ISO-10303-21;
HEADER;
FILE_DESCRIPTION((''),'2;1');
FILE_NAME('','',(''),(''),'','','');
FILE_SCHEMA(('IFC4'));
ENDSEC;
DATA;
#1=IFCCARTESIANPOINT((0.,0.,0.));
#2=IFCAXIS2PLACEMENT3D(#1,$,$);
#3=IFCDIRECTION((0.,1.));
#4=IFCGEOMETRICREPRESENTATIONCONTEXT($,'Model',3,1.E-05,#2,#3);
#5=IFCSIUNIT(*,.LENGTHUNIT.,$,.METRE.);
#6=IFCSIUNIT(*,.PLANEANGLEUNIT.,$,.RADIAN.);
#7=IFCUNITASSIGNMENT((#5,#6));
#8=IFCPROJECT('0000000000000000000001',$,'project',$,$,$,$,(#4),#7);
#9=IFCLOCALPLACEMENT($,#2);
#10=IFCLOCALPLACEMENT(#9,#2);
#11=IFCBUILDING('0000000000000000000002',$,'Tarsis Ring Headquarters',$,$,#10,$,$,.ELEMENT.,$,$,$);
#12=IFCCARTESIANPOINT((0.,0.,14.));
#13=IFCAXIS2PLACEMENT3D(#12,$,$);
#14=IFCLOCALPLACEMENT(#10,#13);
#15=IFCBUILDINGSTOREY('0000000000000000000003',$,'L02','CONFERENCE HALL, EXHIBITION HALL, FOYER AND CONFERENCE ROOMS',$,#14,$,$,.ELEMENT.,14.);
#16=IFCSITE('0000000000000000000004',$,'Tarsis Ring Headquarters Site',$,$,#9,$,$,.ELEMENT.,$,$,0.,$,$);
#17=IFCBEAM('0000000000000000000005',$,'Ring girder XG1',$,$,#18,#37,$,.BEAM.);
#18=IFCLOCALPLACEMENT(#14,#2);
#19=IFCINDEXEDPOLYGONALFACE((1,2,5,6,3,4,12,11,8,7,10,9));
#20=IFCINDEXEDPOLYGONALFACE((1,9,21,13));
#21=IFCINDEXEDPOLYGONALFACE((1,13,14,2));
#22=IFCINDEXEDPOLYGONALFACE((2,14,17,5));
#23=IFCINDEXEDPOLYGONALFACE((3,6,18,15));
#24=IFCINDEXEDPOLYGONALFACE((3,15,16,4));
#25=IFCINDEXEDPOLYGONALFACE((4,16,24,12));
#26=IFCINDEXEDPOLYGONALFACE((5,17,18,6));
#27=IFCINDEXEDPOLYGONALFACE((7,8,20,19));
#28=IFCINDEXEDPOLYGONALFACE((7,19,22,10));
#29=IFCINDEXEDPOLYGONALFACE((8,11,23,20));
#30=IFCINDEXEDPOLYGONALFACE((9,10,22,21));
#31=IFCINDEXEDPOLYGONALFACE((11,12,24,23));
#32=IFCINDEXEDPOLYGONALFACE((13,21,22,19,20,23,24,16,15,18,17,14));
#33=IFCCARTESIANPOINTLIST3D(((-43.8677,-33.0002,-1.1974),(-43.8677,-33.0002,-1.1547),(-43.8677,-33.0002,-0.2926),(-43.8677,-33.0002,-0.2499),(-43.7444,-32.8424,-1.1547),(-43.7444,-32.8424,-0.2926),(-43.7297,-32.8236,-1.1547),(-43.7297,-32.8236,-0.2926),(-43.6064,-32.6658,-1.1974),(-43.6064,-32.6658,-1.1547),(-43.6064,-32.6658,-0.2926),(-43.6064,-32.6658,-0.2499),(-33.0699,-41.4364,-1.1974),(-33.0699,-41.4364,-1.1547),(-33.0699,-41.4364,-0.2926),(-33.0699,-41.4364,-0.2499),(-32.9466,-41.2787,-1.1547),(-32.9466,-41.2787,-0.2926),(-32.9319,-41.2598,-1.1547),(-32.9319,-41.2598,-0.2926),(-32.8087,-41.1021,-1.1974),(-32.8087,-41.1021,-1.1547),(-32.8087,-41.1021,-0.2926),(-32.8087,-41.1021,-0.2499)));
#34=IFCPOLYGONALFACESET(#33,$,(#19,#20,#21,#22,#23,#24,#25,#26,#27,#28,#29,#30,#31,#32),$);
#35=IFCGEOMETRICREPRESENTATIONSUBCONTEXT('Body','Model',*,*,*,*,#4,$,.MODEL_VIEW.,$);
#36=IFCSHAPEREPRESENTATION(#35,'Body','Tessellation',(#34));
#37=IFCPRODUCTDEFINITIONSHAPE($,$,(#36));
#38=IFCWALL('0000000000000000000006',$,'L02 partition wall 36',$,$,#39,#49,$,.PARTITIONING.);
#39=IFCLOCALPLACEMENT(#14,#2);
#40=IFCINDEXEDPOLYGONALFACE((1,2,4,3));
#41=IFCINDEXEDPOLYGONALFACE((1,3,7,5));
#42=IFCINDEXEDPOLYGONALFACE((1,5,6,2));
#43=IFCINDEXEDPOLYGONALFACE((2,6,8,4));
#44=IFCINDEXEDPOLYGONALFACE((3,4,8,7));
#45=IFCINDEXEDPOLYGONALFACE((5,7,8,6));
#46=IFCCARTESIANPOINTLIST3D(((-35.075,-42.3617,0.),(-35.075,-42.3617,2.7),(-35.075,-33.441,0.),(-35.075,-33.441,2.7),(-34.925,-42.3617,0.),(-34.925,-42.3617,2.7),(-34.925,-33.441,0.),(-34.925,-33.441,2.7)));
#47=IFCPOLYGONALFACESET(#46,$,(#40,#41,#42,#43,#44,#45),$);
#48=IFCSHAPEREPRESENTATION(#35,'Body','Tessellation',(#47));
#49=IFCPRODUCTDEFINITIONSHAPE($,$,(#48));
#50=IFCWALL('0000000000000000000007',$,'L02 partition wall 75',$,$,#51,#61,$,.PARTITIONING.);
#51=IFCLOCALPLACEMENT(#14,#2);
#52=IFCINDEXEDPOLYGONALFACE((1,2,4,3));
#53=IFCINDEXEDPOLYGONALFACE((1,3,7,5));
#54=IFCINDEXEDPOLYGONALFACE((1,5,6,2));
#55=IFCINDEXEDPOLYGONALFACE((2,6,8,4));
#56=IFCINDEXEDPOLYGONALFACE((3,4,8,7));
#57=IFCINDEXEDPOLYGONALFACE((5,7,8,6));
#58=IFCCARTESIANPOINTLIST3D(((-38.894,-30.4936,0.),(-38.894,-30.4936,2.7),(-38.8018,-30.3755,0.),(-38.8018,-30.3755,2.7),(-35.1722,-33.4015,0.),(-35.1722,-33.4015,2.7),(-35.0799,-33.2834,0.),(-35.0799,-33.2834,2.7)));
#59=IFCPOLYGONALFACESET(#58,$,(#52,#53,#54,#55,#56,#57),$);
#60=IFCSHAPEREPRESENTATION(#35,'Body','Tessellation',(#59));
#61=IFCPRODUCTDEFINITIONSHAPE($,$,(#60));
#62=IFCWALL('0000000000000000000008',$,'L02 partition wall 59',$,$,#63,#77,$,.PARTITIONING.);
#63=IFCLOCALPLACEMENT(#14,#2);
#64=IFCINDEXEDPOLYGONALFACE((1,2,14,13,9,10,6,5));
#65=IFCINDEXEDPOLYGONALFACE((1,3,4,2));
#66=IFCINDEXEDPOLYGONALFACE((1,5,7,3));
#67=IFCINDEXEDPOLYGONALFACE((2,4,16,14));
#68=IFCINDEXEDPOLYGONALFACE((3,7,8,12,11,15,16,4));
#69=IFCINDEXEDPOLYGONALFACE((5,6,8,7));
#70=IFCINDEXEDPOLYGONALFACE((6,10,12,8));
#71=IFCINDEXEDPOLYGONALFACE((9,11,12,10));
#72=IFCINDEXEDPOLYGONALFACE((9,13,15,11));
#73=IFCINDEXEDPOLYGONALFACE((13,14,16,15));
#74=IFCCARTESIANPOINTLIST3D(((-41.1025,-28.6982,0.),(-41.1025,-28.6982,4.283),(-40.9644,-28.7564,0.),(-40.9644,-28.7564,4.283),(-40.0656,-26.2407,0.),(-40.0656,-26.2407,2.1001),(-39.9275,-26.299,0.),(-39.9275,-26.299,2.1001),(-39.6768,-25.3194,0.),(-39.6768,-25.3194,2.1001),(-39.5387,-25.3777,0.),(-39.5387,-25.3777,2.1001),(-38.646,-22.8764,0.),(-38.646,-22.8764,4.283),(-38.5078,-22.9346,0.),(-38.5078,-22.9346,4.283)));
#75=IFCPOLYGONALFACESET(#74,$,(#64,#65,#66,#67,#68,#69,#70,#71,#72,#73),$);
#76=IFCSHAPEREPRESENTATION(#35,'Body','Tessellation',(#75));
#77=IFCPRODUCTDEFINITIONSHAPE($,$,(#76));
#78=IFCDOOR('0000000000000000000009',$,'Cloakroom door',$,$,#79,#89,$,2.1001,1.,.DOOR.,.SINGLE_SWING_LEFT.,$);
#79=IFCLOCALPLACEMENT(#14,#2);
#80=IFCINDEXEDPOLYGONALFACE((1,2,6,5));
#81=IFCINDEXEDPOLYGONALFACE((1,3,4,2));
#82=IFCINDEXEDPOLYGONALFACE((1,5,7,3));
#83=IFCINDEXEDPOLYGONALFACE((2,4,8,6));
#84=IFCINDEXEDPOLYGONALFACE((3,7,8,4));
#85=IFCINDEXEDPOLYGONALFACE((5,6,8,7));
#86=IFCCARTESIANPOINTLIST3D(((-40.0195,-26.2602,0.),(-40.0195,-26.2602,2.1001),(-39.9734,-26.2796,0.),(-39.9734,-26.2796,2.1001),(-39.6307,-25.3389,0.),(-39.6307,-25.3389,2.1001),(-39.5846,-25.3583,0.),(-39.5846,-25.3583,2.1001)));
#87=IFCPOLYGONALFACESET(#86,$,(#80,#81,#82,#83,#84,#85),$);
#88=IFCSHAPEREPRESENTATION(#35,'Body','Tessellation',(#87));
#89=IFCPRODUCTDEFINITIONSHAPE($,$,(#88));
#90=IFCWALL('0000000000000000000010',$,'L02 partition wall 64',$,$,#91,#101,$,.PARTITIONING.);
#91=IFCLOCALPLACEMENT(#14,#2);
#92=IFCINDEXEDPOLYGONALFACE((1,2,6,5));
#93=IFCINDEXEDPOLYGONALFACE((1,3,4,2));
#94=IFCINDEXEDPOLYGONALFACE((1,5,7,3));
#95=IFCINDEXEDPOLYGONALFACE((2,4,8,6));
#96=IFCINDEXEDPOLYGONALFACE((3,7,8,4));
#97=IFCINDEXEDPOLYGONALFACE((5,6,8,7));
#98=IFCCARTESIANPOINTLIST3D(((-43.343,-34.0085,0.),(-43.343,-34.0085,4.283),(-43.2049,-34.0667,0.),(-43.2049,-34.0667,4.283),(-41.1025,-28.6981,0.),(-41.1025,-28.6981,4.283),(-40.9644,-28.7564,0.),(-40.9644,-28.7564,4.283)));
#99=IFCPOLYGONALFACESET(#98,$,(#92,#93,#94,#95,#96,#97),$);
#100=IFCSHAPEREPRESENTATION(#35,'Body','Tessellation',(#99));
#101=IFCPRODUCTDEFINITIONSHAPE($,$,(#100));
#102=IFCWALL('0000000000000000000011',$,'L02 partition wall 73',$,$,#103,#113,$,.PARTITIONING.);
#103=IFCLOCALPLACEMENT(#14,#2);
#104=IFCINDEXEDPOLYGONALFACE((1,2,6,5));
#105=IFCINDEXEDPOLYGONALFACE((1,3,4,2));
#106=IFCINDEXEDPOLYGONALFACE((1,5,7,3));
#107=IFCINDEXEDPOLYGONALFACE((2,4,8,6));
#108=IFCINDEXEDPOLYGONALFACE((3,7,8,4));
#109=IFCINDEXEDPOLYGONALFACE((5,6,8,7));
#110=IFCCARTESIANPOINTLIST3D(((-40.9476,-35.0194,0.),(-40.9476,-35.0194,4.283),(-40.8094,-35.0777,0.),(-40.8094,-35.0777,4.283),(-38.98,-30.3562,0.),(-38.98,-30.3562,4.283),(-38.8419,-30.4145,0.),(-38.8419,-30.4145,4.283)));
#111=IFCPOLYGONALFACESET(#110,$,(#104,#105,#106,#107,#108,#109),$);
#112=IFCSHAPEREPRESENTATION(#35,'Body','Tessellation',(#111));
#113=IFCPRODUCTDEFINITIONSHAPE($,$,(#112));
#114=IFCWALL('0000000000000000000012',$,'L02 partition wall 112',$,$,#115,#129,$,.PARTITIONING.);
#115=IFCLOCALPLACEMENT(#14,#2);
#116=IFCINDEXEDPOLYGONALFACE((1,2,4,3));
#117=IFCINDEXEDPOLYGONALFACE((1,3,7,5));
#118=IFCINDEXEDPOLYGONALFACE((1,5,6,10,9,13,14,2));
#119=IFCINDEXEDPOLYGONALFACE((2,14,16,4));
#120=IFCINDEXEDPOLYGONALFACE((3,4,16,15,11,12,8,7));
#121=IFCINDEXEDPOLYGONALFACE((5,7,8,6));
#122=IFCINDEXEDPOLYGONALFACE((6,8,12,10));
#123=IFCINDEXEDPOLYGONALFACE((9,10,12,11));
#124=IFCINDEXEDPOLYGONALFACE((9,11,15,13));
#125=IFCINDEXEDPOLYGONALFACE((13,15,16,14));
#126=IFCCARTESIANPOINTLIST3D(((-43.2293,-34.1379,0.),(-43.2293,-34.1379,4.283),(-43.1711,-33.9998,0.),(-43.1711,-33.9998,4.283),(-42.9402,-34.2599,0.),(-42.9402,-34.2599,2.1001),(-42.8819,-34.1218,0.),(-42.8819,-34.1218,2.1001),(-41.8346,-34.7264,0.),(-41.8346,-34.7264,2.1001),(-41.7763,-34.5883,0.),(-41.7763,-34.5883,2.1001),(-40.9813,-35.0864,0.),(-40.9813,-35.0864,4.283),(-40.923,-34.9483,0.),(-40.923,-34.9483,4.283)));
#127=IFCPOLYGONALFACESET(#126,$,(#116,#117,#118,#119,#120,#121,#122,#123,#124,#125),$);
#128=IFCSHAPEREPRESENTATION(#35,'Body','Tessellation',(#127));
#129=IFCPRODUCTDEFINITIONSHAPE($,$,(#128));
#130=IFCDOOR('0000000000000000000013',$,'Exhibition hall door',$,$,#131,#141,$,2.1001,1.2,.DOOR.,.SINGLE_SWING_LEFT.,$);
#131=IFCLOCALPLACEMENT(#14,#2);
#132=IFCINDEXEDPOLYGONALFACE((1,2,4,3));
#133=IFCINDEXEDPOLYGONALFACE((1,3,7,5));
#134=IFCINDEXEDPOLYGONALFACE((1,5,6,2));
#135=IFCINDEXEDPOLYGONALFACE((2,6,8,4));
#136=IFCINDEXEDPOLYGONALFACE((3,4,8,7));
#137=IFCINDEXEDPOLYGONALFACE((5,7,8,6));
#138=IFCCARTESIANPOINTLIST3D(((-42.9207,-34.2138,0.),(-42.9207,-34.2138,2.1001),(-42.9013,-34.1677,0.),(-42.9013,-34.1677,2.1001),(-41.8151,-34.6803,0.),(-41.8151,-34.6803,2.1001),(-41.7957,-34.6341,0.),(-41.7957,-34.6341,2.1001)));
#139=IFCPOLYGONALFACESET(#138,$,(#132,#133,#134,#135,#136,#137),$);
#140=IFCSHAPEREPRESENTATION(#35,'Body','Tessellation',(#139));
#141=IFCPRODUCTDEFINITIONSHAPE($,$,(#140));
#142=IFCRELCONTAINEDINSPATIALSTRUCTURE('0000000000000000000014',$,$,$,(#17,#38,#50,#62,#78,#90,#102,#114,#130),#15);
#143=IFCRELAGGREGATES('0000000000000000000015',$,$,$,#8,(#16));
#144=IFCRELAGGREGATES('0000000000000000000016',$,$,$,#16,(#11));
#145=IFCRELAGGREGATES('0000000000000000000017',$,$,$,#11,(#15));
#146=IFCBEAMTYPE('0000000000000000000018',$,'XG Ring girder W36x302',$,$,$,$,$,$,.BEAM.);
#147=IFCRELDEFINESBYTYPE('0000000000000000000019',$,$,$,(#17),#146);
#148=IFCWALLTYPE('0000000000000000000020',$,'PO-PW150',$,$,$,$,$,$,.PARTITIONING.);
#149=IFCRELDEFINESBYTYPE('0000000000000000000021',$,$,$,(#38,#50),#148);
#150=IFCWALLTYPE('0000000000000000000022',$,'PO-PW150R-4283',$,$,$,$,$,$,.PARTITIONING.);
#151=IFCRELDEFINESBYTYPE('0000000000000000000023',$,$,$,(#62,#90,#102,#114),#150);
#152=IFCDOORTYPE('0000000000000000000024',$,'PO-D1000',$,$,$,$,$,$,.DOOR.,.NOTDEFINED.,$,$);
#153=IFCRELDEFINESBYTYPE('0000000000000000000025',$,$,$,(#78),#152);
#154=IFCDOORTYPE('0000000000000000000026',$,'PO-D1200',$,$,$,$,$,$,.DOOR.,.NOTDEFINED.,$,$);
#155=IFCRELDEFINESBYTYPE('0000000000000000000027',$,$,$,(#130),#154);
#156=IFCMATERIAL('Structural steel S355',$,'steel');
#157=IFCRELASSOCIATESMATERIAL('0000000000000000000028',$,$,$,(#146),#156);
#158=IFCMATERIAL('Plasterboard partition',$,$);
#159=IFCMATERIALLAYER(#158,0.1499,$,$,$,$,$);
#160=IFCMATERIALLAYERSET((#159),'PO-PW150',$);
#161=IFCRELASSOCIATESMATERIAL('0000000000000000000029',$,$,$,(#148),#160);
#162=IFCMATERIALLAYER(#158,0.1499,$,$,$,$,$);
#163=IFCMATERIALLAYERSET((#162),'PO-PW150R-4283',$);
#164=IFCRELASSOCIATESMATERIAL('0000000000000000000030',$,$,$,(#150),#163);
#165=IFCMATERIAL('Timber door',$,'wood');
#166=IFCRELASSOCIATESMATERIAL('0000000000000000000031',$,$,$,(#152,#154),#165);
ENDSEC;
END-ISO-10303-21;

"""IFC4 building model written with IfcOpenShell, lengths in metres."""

from ifc_helpers import new_model, si_unit, direction, frame, frame_2d, origin, origin_2d, place, context, subcontext, project, spatial, rectangle, i_section, extrude, material, layer, layer_set, material_profile, profile_set, type_object, element, fill, save


model = new_model("IFC4")

# Units and contexts
model_context = context("Model", 3, precision=1e-05, world=origin(), true_north=direction((0.0, 1.0)))
body_context = subcontext(model_context, "Body", "Model", "MODEL_VIEW")
ifc_project = project(units=[si_unit("LENGTHUNIT", "METRE"), si_unit("PLANEANGLEUNIT", "RADIAN")], contexts=[model_context])

# Site, building, storey
site_placement = place(None, origin())
site = spatial("IfcSite", under=ifc_project, at=site_placement, Name="Tarsis Ring Headquarters Site", CompositionType="ELEMENT", RefElevation=0.0)
building_placement = place(site_placement, origin())
building = spatial("IfcBuilding", under=site, at=building_placement, Name="Tarsis Ring Headquarters", CompositionType="ELEMENT")
storey_placement = place(building_placement, frame((0.0, 0.0, 14.0)))
storey = spatial("IfcBuildingStorey", under=building, at=storey_placement, Name="L02", Description="CONFERENCE HALL, EXHIBITION HALL, FOYER AND CONFERENCE ROOMS", CompositionType="ELEMENT", Elevation=14.0)

# Beam
ifc_material_1 = material(Name="Structural steel S355", Category="steel")
ifc_material_profile_1 = material_profile(ifc_material_1, i_section(OverallWidth=0.4243, OverallDepth=0.9475, WebThickness=0.0239, FlangeThickness=0.0427, at=origin_2d()), Name="W36x302")
ifc_profile_set_1 = profile_set([ifc_material_profile_1], Name="Structural steel S355")
beam_type_1 = type_object("IfcBeamType", Name="XG Ring girder W36x302", PredefinedType="BEAM", material=ifc_profile_set_1)
beam_1_placement = place(storey_placement, frame((-43.7371, -32.833, -0.7236), z_axis=(0.788008, -0.615665, 0.0), x_axis=(0.615665, 0.788008, 0.0)))
element("IfcBeam", 1, at=beam_1_placement, inside=storey, type_object=beam_type_1, Name="Ring girder XG1", PredefinedType="BEAM", context=body_context, shape_type="SweptSolid", body=[
    extrude(i_section(OverallWidth=0.4243, OverallDepth=0.9475, WebThickness=0.0239, FlangeThickness=0.0427, at=origin_2d()), origin(), (0.0, 0.0, 1.0), 13.7026),
])

# Walls
ifc_material_2 = material(Name="Plasterboard partition")
ifc_layer_1 = layer(ifc_material_2, 0.1499)
ifc_layer_set_1 = layer_set([ifc_layer_1], Name="PO-PW150")
wall_type_1 = type_object("IfcWallType", Name="PO-PW150", PredefinedType="PARTITIONING", material=ifc_layer_set_1)
wall_1_placement = place(storey_placement, frame((-35.0, -33.4409, 0.0), z_axis=(0.0, 0.0, 1.0), x_axis=(0.0, -1.0, 0.0)))
element("IfcWall", 2, at=wall_1_placement, inside=storey, type_object=wall_type_1, Name="L02 partition wall 36", PredefinedType="PARTITIONING", context=body_context, shape_type="SweptSolid", body=[
    extrude(rectangle(XDim=8.9207, YDim=0.1499, at=frame_2d((4.4604, 0.0))), origin(), (0.0, 0.0, 1.0), 2.7),
])
wall_2_placement = place(storey_placement, frame((-38.8479, -30.4346, 0.0), z_axis=(0.0, 0.0, 1.0), x_axis=(0.788003, -0.615671, 0.0)))
element("IfcWall", 3, at=wall_2_placement, inside=storey, type_object=wall_type_1, Name="L02 partition wall 75", PredefinedType="PARTITIONING", context=body_context, shape_type="SweptSolid", body=[
    extrude(rectangle(XDim=4.7231, YDim=0.1499, at=frame_2d((2.3616, 0.0))), origin(), (0.0, 0.0, 1.0), 2.7),
])

# Wall, opening, door
ifc_layer_2 = layer(ifc_material_2, 0.1499)
ifc_layer_set_2 = layer_set([ifc_layer_2], Name="PO-PW150R-4283")
wall_type_2 = type_object("IfcWallType", Name="PO-PW150R-4283", PredefinedType="PARTITIONING", material=ifc_layer_set_2)
wall_3_placement = place(storey_placement, frame((-41.0334, -28.7273, 0.0), z_axis=(0.0, 0.0, 1.0), x_axis=(0.388765, 0.921337, 0.0)))
wall_3 = element("IfcWall", 4, at=wall_3_placement, inside=storey, type_object=wall_type_2, Name="L02 partition wall 59", PredefinedType="PARTITIONING", context=body_context, shape_type="SweptSolid", body=[
    extrude(rectangle(XDim=6.3188, YDim=0.1499, at=frame_2d((3.1594, 0.0))), origin(), (0.0, 0.0, 1.0), 4.283),
])
opening_1_placement = place(wall_3_placement, frame((2.6672, 0.0, 0.0)))
opening_1 = element("IfcOpeningElement", 5, at=opening_1_placement, cuts=wall_3, PredefinedType="OPENING", context=body_context, shape_type="SweptSolid", body=[
    extrude(rectangle(XDim=1.0, YDim=2.1001, at=frame_2d((0.5, 1.05))), frame((0.0, 0.085, 0.0), z_axis=(0.0, -1.0, 0.0), x_axis=(1.0, 0.0, 0.0)), (0.0, 0.0, 1.0), 0.1699),
])
ifc_material_3 = material(Name="Timber door", Category="wood")
door_type_1 = type_object("IfcDoorType", Name="PO-D1000", OperationType="NOTDEFINED", PredefinedType="DOOR", material=ifc_material_3)
door_1_placement = place(opening_1_placement, origin())
door_1 = element("IfcDoor", 6, at=door_1_placement, inside=storey, type_object=door_type_1, Name="Cloakroom door", OperationType="SINGLE_SWING_LEFT", OverallHeight=2.1001, OverallWidth=1.0, PredefinedType="DOOR", context=body_context, shape_type="SweptSolid", body=[
    extrude(rectangle(XDim=1.0, YDim=2.1001, at=frame_2d((0.5, 1.05))), frame((0.0, 0.0249, 0.0), z_axis=(0.0, -1.0, 0.0), x_axis=(1.0, 0.0, 0.0)), (0.0, 0.0, 1.0), 0.05),
])
fill(opening_1, door_1)

# Walls
wall_4_placement = place(storey_placement, frame((-43.2739, -34.0376, 0.0), z_axis=(0.0, 0.0, 1.0), x_axis=(0.388729, 0.921352, 0.0)))
element("IfcWall", 7, at=wall_4_placement, inside=storey, type_object=wall_type_2, Name="L02 partition wall 64", PredefinedType="PARTITIONING", context=body_context, shape_type="SweptSolid", body=[
    extrude(rectangle(XDim=5.7637, YDim=0.1499, at=frame_2d((2.8818, 0.0))), origin(), (0.0, 0.0, 1.0), 4.283),
])
wall_5_placement = place(storey_placement, frame((-38.9109, -30.3853, 0.0), z_axis=(0.0, 0.0, 1.0), x_axis=(-0.388749, -0.921344, 0.0)))
element("IfcWall", 8, at=wall_5_placement, inside=storey, type_object=wall_type_2, Name="L02 partition wall 73", PredefinedType="PARTITIONING", context=body_context, shape_type="SweptSolid", body=[
    extrude(rectangle(XDim=5.0613, YDim=0.1499, at=frame_2d((2.5308, 0.0))), origin(), (0.0, 0.0, 1.0), 4.283),
])

# Wall, opening, door
wall_6_placement = place(storey_placement, frame((-40.9521, -35.0173, 0.0), z_axis=(0.0, 0.0, 1.0), x_axis=(-0.921351, 0.388732, 0.0)))
wall_6 = element("IfcWall", 9, at=wall_6_placement, inside=storey, type_object=wall_type_2, Name="L02 partition wall 112", PredefinedType="PARTITIONING", context=body_context, shape_type="SweptSolid", body=[
    extrude(rectangle(XDim=2.4399, YDim=0.1499, at=frame_2d((1.22, 0.0))), origin(), (0.0, 0.0, 1.0), 4.283),
])
opening_2_placement = place(wall_6_placement, frame((0.926, 0.0, 0.0)))
opening_2 = element("IfcOpeningElement", 10, at=opening_2_placement, cuts=wall_6, PredefinedType="OPENING", context=body_context, shape_type="SweptSolid", body=[
    extrude(rectangle(XDim=1.2, YDim=2.1001, at=frame_2d((0.6001, 1.05))), frame((0.0, 0.085, 0.0), z_axis=(0.0, -1.0, 0.0), x_axis=(1.0, 0.0, 0.0)), (0.0, 0.0, 1.0), 0.1699),
])
door_type_2 = type_object("IfcDoorType", Name="PO-D1200", OperationType="NOTDEFINED", PredefinedType="DOOR", material=ifc_material_3)
door_2_placement = place(opening_2_placement, origin())
door_2 = element("IfcDoor", 11, at=door_2_placement, inside=storey, type_object=door_type_2, Name="Exhibition hall door", OperationType="SINGLE_SWING_LEFT", OverallHeight=2.1001, OverallWidth=1.2, PredefinedType="DOOR", context=body_context, shape_type="SweptSolid", body=[
    extrude(rectangle(XDim=1.2, YDim=2.1001, at=frame_2d((0.6001, 1.05))), frame((0.0, 0.0249, 0.0), z_axis=(0.0, -1.0, 0.0), x_axis=(1.0, 0.0, 0.0)), (0.0, 0.0, 1.0), 0.05),
])
fill(opening_2, door_2)

save(model, "model.ifc")
